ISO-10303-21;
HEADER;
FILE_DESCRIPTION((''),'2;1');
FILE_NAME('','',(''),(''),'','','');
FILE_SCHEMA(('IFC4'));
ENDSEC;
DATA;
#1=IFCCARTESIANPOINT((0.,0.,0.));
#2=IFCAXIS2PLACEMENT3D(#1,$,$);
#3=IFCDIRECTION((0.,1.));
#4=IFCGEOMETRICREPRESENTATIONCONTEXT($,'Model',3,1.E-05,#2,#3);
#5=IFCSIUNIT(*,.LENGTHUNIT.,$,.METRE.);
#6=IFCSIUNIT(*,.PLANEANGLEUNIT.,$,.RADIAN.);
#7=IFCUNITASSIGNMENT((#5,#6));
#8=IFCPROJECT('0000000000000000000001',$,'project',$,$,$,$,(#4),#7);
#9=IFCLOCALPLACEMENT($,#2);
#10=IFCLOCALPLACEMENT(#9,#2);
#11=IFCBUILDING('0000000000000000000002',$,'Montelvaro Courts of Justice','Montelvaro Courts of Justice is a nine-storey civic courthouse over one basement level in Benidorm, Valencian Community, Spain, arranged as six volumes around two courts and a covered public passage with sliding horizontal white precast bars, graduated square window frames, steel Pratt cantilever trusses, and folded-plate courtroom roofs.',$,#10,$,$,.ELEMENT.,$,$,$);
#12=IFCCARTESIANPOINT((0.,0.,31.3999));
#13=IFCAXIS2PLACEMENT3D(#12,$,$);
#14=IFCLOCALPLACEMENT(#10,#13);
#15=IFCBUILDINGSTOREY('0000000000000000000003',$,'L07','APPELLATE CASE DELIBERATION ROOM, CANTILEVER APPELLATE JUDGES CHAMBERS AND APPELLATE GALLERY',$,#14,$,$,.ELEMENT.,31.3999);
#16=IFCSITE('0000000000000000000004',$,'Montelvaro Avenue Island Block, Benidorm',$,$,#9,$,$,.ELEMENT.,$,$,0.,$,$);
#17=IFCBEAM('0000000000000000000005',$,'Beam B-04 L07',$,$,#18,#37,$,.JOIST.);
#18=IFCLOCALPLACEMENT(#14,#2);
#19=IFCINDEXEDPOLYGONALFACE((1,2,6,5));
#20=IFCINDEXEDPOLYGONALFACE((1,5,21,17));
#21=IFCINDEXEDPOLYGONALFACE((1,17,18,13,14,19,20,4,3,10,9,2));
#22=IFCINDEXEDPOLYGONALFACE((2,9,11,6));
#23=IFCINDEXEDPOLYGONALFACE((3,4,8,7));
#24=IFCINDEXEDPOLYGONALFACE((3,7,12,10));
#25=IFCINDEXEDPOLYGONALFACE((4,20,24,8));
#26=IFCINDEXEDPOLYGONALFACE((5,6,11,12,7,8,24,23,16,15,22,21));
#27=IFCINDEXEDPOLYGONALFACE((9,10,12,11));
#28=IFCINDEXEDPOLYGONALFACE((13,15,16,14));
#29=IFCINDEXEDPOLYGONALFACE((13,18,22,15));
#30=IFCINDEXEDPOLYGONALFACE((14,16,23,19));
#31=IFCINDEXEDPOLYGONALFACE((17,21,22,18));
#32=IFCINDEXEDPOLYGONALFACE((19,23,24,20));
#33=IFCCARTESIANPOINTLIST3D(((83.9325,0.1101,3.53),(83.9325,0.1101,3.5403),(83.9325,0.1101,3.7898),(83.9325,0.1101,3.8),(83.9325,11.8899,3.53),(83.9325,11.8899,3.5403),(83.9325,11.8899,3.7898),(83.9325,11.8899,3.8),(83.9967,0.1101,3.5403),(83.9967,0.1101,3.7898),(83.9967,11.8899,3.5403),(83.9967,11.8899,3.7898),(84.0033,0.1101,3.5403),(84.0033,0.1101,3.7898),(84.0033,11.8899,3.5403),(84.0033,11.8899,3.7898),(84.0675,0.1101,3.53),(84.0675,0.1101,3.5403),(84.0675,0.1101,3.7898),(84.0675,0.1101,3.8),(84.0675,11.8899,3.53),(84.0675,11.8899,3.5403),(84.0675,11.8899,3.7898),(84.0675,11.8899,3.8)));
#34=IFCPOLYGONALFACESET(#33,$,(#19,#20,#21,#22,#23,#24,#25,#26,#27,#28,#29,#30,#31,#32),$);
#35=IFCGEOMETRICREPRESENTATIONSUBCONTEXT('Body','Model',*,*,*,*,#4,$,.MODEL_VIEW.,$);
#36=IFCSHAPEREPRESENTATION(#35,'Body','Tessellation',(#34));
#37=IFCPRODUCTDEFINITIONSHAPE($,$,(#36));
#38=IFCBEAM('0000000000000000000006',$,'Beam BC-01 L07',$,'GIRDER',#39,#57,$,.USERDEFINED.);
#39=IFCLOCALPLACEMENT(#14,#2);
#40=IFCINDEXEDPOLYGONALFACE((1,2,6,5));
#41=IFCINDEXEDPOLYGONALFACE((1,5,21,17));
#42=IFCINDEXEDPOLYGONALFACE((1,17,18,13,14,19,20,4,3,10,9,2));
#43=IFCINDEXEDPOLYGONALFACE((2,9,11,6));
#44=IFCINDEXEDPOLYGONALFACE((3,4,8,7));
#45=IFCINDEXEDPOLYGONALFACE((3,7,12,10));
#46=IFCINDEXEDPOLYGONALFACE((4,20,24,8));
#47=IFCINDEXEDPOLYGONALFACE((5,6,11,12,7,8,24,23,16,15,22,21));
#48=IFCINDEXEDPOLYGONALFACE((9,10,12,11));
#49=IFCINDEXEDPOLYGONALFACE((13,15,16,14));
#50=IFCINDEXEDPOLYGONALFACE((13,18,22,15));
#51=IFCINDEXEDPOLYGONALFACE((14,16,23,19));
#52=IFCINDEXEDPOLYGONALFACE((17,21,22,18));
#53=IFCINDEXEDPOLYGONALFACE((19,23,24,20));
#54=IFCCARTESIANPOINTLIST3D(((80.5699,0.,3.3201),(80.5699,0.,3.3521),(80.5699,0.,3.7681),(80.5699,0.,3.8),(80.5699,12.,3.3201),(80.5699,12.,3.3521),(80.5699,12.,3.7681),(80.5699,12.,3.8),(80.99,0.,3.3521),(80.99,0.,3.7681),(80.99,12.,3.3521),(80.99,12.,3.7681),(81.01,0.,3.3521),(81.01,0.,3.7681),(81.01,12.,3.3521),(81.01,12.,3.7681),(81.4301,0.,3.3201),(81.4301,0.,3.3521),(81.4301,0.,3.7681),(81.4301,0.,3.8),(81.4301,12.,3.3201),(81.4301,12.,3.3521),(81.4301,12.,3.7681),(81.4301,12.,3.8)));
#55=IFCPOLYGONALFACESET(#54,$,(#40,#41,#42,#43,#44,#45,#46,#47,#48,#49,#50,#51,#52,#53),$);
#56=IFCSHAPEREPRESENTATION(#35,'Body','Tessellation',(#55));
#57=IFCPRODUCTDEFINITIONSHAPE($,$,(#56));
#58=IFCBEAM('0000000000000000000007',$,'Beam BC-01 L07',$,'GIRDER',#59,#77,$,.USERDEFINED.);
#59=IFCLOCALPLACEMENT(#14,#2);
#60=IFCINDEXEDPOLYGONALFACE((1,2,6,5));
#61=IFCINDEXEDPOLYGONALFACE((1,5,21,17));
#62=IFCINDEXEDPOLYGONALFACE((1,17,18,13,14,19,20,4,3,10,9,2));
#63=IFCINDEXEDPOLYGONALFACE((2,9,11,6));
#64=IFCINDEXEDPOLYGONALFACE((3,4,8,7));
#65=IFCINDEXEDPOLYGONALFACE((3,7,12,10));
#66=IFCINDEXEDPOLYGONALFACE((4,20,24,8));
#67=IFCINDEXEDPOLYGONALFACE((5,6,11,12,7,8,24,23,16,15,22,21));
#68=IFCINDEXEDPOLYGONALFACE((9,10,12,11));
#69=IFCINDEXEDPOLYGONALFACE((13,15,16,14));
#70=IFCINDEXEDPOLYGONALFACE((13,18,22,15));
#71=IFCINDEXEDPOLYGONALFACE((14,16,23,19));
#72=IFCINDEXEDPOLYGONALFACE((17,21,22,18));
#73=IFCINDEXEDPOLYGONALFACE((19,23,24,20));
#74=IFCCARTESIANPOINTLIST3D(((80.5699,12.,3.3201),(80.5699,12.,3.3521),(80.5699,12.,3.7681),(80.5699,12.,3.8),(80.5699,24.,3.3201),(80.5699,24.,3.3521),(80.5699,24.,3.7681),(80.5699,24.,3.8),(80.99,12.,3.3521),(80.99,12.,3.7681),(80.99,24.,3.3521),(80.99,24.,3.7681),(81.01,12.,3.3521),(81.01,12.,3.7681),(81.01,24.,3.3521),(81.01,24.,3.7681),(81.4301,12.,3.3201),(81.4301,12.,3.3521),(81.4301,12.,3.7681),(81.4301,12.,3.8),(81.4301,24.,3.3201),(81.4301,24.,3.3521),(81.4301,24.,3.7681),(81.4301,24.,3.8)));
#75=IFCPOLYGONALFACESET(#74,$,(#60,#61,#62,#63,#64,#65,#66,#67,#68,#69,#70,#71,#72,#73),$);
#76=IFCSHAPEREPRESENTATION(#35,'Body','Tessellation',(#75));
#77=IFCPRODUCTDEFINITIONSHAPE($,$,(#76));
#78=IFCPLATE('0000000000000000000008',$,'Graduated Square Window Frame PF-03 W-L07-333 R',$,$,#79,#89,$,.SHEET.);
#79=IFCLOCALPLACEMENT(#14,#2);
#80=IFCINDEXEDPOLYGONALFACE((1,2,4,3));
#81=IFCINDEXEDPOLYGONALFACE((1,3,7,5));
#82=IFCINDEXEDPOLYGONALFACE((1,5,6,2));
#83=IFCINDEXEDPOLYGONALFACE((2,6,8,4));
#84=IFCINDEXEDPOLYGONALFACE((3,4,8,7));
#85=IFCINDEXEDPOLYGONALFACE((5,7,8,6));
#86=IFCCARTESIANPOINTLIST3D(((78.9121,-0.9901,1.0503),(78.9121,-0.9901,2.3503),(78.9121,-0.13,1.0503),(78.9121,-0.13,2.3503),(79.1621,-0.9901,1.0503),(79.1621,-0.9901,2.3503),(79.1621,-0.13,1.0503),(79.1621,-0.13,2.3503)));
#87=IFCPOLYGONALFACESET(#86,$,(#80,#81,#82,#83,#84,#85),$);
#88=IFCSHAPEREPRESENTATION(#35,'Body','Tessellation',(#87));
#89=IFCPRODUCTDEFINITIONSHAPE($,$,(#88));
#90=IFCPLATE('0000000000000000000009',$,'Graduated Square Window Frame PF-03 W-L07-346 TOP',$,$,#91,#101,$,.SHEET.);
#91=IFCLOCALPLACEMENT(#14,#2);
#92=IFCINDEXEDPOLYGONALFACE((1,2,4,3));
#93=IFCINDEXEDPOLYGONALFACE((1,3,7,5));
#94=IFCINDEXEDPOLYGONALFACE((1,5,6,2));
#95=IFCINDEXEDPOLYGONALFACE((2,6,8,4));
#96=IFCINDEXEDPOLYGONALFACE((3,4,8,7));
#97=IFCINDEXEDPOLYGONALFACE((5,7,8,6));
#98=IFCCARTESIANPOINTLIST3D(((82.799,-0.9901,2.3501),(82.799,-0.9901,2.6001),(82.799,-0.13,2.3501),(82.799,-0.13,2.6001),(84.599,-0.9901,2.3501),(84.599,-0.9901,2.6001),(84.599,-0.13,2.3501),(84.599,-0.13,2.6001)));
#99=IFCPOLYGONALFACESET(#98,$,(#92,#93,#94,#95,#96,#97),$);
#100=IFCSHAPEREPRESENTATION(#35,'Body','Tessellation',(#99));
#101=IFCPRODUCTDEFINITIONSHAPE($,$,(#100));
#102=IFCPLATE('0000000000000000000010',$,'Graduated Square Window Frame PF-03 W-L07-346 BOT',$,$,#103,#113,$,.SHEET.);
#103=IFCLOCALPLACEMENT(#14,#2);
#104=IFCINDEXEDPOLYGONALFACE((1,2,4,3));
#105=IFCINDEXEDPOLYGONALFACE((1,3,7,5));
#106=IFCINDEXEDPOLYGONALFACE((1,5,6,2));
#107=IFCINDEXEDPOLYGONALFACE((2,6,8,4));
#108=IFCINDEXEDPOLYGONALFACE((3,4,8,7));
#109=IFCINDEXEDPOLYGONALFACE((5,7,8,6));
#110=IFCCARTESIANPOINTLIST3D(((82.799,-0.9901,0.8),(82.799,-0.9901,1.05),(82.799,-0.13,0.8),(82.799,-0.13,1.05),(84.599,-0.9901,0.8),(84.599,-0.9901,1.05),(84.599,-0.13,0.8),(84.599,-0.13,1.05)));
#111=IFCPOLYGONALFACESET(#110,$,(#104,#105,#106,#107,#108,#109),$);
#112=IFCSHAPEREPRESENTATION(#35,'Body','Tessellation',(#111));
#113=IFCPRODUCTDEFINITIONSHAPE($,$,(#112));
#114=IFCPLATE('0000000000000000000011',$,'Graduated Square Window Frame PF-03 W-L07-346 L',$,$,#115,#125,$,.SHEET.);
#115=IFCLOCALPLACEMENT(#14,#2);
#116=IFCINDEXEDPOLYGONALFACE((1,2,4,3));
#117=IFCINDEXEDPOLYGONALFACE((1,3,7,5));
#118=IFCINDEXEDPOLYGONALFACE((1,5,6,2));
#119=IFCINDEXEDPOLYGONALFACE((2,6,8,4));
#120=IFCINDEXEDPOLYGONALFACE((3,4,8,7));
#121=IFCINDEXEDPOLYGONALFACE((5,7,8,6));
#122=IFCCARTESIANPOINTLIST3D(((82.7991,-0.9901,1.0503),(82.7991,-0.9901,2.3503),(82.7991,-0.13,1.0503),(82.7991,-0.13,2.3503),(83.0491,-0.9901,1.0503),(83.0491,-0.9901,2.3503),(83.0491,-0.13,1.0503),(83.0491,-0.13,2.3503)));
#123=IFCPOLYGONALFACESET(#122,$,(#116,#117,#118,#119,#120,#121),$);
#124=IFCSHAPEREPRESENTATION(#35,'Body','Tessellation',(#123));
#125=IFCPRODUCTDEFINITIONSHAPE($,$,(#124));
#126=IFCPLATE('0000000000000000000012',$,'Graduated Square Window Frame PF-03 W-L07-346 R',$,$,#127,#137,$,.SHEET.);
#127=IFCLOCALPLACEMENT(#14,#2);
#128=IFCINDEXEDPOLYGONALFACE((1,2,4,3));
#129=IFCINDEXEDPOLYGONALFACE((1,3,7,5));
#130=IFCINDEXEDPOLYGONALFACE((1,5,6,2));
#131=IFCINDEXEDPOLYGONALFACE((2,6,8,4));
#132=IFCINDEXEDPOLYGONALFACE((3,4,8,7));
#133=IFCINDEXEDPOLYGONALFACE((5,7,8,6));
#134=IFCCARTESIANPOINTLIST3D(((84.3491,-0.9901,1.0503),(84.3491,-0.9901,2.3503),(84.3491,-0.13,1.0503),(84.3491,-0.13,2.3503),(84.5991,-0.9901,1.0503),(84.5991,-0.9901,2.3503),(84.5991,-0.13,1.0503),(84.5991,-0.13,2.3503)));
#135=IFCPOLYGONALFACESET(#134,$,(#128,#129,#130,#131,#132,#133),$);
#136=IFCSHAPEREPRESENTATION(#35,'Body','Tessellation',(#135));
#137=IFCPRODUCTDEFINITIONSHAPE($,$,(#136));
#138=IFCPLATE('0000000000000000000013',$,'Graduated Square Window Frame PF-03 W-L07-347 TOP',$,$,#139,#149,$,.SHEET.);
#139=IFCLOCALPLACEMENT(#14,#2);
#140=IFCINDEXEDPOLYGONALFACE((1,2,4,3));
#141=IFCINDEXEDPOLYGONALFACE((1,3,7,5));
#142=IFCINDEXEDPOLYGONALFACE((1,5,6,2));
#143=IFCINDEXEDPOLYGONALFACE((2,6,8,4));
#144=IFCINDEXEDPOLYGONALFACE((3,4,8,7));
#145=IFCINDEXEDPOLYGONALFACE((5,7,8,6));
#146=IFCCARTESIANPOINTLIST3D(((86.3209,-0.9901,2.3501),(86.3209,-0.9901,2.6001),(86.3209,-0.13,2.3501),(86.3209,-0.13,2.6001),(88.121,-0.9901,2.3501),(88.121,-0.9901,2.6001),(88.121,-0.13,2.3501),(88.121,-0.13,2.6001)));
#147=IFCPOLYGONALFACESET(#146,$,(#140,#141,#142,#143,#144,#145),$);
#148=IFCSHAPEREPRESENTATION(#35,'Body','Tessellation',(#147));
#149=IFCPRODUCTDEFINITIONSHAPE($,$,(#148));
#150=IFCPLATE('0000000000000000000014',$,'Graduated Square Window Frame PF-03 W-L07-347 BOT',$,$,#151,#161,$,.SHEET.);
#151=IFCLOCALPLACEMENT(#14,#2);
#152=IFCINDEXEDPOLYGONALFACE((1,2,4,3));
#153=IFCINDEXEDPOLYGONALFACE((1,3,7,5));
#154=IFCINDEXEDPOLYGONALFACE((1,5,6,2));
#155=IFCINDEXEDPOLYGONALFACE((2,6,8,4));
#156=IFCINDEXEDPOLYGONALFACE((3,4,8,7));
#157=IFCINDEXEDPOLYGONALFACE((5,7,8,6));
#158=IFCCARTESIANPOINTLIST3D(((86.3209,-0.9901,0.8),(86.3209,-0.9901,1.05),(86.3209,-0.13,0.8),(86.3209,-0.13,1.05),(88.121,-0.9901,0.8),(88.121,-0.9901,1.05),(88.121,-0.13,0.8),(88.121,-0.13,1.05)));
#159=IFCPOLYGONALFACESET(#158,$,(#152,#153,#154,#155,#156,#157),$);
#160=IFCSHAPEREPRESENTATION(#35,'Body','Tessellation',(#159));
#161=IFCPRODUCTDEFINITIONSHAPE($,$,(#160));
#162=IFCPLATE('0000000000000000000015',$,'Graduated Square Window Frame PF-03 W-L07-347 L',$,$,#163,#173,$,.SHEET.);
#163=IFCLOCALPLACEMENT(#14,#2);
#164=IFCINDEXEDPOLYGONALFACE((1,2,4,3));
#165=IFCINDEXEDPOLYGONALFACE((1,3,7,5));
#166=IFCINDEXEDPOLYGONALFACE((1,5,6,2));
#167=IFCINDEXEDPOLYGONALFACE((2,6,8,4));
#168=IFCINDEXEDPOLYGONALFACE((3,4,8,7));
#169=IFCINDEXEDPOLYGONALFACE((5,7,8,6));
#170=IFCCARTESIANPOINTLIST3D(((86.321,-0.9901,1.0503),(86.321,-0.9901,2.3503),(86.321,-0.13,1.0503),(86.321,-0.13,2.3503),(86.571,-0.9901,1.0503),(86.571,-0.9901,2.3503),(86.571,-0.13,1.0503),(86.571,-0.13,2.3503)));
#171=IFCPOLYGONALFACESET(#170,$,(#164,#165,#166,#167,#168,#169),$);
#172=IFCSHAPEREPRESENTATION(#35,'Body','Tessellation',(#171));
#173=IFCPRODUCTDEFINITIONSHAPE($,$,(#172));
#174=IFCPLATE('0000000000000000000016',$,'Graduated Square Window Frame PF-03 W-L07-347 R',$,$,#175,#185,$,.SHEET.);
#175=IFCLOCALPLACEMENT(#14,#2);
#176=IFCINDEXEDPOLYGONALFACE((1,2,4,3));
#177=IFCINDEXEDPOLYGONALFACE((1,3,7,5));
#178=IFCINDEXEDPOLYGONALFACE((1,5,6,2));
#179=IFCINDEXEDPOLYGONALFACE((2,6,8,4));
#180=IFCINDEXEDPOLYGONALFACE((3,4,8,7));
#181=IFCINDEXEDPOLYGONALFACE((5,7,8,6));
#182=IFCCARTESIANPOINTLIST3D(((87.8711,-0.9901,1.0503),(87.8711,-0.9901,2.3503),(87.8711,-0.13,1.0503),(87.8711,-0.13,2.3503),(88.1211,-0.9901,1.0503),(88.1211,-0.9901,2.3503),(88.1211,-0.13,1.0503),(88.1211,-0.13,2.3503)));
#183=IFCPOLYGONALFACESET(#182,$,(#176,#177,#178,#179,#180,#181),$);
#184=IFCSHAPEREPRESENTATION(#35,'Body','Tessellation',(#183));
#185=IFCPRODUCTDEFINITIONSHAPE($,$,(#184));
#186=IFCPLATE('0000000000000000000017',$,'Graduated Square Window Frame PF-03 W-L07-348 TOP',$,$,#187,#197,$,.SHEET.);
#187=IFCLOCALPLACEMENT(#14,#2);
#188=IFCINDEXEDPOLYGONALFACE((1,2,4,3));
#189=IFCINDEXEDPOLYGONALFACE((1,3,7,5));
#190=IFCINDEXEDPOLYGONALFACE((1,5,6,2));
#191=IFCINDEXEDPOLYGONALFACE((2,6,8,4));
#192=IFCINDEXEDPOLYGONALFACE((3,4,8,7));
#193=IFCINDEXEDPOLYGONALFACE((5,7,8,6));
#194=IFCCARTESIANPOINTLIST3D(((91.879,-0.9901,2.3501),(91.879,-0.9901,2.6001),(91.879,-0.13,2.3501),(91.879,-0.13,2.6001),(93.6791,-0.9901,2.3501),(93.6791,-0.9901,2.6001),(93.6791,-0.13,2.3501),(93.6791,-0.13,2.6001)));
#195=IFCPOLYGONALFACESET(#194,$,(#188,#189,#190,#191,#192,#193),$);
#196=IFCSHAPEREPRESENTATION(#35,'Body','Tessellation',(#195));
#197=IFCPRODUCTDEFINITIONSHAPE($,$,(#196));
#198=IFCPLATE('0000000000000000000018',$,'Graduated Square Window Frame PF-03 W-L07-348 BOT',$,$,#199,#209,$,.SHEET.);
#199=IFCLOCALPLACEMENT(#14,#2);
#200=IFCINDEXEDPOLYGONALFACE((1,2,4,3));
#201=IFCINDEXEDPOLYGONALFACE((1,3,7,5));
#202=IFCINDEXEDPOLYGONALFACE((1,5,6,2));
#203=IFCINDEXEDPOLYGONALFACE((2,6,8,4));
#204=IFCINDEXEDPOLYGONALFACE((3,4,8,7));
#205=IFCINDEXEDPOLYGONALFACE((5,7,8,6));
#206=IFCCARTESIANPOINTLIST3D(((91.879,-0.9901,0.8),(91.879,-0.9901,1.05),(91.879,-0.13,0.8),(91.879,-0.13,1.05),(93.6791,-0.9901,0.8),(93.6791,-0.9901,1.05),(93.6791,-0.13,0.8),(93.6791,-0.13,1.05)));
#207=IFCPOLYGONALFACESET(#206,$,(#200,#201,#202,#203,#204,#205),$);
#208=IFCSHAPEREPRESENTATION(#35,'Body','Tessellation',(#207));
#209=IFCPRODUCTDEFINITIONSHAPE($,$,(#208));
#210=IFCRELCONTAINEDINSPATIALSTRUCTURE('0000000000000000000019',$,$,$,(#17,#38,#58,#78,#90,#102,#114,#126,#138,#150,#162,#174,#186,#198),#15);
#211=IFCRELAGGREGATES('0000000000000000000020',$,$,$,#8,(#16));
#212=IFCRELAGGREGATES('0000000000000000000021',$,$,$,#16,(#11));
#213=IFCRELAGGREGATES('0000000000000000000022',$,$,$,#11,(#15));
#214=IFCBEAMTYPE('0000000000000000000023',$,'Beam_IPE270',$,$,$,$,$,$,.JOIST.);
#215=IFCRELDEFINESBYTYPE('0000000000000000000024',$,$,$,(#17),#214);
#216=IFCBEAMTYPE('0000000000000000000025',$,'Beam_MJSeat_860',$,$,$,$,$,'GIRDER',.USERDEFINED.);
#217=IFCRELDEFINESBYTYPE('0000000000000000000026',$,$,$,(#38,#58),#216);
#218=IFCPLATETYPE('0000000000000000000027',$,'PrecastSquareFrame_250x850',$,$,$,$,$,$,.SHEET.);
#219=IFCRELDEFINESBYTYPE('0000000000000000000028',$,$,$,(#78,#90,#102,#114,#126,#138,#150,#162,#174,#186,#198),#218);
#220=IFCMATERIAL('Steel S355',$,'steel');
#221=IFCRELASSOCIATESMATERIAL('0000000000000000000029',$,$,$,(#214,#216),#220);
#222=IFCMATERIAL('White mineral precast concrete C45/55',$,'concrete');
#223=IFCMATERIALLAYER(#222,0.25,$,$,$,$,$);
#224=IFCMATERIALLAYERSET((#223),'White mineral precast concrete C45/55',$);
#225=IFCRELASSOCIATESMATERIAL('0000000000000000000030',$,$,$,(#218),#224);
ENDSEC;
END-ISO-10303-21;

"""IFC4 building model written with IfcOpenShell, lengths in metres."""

from ifc_helpers import new_model, si_unit, direction, frame, origin, origin_2d, place, context, subcontext, project, spatial, rectangle, i_section, extrude, material, layer, layer_set, material_profile, profile_set, type_object, element, save


model = new_model("IFC4")

# Units and contexts
model_context = context("Model", 3, precision=1e-05, world=origin(), true_north=direction((0.0, 1.0)))
body_context = subcontext(model_context, "Body", "Model", "MODEL_VIEW")
ifc_project = project(units=[si_unit("LENGTHUNIT", "METRE"), si_unit("PLANEANGLEUNIT", "RADIAN")], contexts=[model_context])

# Site, building, storey
site_placement = place(None, origin())
site = spatial("IfcSite", under=ifc_project, at=site_placement, Name="Montelvaro Avenue Island Block, Benidorm", CompositionType="ELEMENT", RefElevation=0.0)
building_placement = place(site_placement, origin())
building = spatial("IfcBuilding", under=site, at=building_placement, Name="Montelvaro Courts of Justice", Description="Montelvaro Courts of Justice is a nine-storey civic courthouse over one basement level in Benidorm, Valencian Community, Spain, arranged as six volumes around two courts and a covered public passage with sliding horizontal white precast bars, graduated square window frames, steel Pratt cantilever trusses, and folded-plate courtroom roofs.", CompositionType="ELEMENT")
storey_placement = place(building_placement, frame((0.0, 0.0, 31.3999)))
storey = spatial("IfcBuildingStorey", under=building, at=storey_placement, Name="L07", Description="APPELLATE CASE DELIBERATION ROOM, CANTILEVER APPELLATE JUDGES CHAMBERS AND APPELLATE GALLERY", CompositionType="ELEMENT", Elevation=31.3999)

# Shared definitions
ifc_material_1 = material(Name="Steel S355", Category="steel")

# Beams
ifc_material_profile_1 = material_profile(ifc_material_1, i_section(OverallWidth=0.135, OverallDepth=0.27, WebThickness=0.0066, FlangeThickness=0.0103, at=origin_2d()), Name="IPE 270")
ifc_profile_set_1 = profile_set([ifc_material_profile_1], Name="Steel S355")
beam_type_1 = type_object("IfcBeamType", Name="Beam_IPE270", PredefinedType="JOIST", material=ifc_profile_set_1)
beam_1_placement = place(storey_placement, frame((84.0, 0.1101, 3.665), z_axis=(0.0, 1.0, 0.0), x_axis=(-1.0, 0.0, 0.0)))
element("IfcBeam", 1, at=beam_1_placement, inside=storey, type_object=beam_type_1, Name="Beam B-04 L07", PredefinedType="JOIST", context=body_context, shape_type="SweptSolid", body=[
    extrude(i_section(OverallWidth=0.135, OverallDepth=0.27, WebThickness=0.0066, FlangeThickness=0.0103, at=origin_2d()), origin(), (0.0, 0.0, 1.0), 11.7798),
])
ifc_material_profile_2 = material_profile(ifc_material_1, i_section(OverallWidth=0.8601, OverallDepth=0.48, WebThickness=0.02, FlangeThickness=0.032, at=origin_2d()), Name="HL 480x860")
ifc_profile_set_2 = profile_set([ifc_material_profile_2], Name="Steel S355")
beam_type_2 = type_object("IfcBeamType", Name="Beam_MJSeat_860", ElementType="GIRDER", PredefinedType="USERDEFINED", material=ifc_profile_set_2)
for number, where, z_axis, x_axis, name in (
    (2, (81.0, 0.0, 3.5601), (0.0, 1.0, 0.0), (-1.0, 0.0, 0.0), "Beam BC-01 L07"),
    (3, (81.0, 12.0, 3.5601), (0.0, 1.0, 0.0), (-1.0, 0.0, 0.0), "Beam BC-01 L07"),
):
    element("IfcBeam", number, at=place(storey_placement, frame(where, z_axis=z_axis, x_axis=x_axis)), inside=storey, type_object=beam_type_2, Name=name, ObjectType="GIRDER", PredefinedType="USERDEFINED", context=body_context, shape_type="SweptSolid", body=[
        extrude(i_section(OverallWidth=0.8601, OverallDepth=0.48, WebThickness=0.02, FlangeThickness=0.032, at=origin_2d()), origin(), (0.0, 0.0, 1.0), 12.0),
    ])

# Plates
ifc_material_2 = material(Name="White mineral precast concrete C45/55", Category="concrete")
ifc_layer_1 = layer(ifc_material_2, 0.25)
ifc_layer_set_1 = layer_set([ifc_layer_1], Name="White mineral precast concrete C45/55")
plate_type = type_object("IfcPlateType", Name="PrecastSquareFrame_250x850", PredefinedType="SHEET", material=ifc_layer_set_1)
plate_1_placement = place(storey_placement, frame((79.0371, -0.5601, 1.0503), z_axis=(0.0, 0.0, 1.0), x_axis=(1.0, 0.0, 0.0)))
element("IfcPlate", 4, at=plate_1_placement, inside=storey, type_object=plate_type, Name="Graduated Square Window Frame PF-03 W-L07-333 R", PredefinedType="SHEET", context=body_context, shape_type="SweptSolid", body=[
    extrude(rectangle(XDim=0.25, YDim=0.8601, at=origin_2d()), origin(), (0.0, 0.0, 1.0), 1.3),
])
for number, where, z_axis, x_axis, name in (
    (5, (83.699, -0.5601, 2.3501), (0.0, 0.0, 1.0), (1.0, 0.0, 0.0), "Graduated Square Window Frame PF-03 W-L07-346 TOP"),
    (6, (83.699, -0.5601, 0.8), (0.0, 0.0, 1.0), (1.0, 0.0, 0.0), "Graduated Square Window Frame PF-03 W-L07-346 BOT"),
):
    element("IfcPlate", number, at=place(storey_placement, frame(where, z_axis=z_axis, x_axis=x_axis)), inside=storey, type_object=plate_type, Name=name, PredefinedType="SHEET", context=body_context, shape_type="SweptSolid", body=[
        extrude(rectangle(XDim=1.8, YDim=0.8601, at=origin_2d()), origin(), (0.0, 0.0, 1.0), 0.25),
    ])
for number, where, z_axis, x_axis, name in (
    (7, (82.9241, -0.5601, 1.0503), (0.0, 0.0, 1.0), (1.0, 0.0, 0.0), "Graduated Square Window Frame PF-03 W-L07-346 L"),
    (8, (84.4741, -0.5601, 1.0503), (0.0, 0.0, 1.0), (1.0, 0.0, 0.0), "Graduated Square Window Frame PF-03 W-L07-346 R"),
):
    element("IfcPlate", number, at=place(storey_placement, frame(where, z_axis=z_axis, x_axis=x_axis)), inside=storey, type_object=plate_type, Name=name, PredefinedType="SHEET", context=body_context, shape_type="SweptSolid", body=[
        extrude(rectangle(XDim=0.25, YDim=0.8601, at=origin_2d()), origin(), (0.0, 0.0, 1.0), 1.3),
    ])
for number, where, z_axis, x_axis, name in (
    (9, (87.2209, -0.5601, 2.3501), (0.0, 0.0, 1.0), (1.0, 0.0, 0.0), "Graduated Square Window Frame PF-03 W-L07-347 TOP"),
    (10, (87.2209, -0.5601, 0.8), (0.0, 0.0, 1.0), (1.0, 0.0, 0.0), "Graduated Square Window Frame PF-03 W-L07-347 BOT"),
):
    element("IfcPlate", number, at=place(storey_placement, frame(where, z_axis=z_axis, x_axis=x_axis)), inside=storey, type_object=plate_type, Name=name, PredefinedType="SHEET", context=body_context, shape_type="SweptSolid", body=[
        extrude(rectangle(XDim=1.8, YDim=0.8601, at=origin_2d()), origin(), (0.0, 0.0, 1.0), 0.25),
    ])
for number, where, z_axis, x_axis, name in (
    (11, (86.446, -0.5601, 1.0503), (0.0, 0.0, 1.0), (1.0, 0.0, 0.0), "Graduated Square Window Frame PF-03 W-L07-347 L"),
    (12, (87.9961, -0.5601, 1.0503), (0.0, 0.0, 1.0), (1.0, 0.0, 0.0), "Graduated Square Window Frame PF-03 W-L07-347 R"),
):
    element("IfcPlate", number, at=place(storey_placement, frame(where, z_axis=z_axis, x_axis=x_axis)), inside=storey, type_object=plate_type, Name=name, PredefinedType="SHEET", context=body_context, shape_type="SweptSolid", body=[
        extrude(rectangle(XDim=0.25, YDim=0.8601, at=origin_2d()), origin(), (0.0, 0.0, 1.0), 1.3),
    ])
for number, where, z_axis, x_axis, name in (
    (13, (92.7791, -0.5601, 2.3501), (0.0, 0.0, 1.0), (1.0, 0.0, 0.0), "Graduated Square Window Frame PF-03 W-L07-348 TOP"),
    (14, (92.7791, -0.5601, 0.8), (0.0, 0.0, 1.0), (1.0, 0.0, 0.0), "Graduated Square Window Frame PF-03 W-L07-348 BOT"),
):
    element("IfcPlate", number, at=place(storey_placement, frame(where, z_axis=z_axis, x_axis=x_axis)), inside=storey, type_object=plate_type, Name=name, PredefinedType="SHEET", context=body_context, shape_type="SweptSolid", body=[
        extrude(rectangle(XDim=1.8, YDim=0.8601, at=origin_2d()), origin(), (0.0, 0.0, 1.0), 0.25),
    ])

save(model, "model.ifc")
